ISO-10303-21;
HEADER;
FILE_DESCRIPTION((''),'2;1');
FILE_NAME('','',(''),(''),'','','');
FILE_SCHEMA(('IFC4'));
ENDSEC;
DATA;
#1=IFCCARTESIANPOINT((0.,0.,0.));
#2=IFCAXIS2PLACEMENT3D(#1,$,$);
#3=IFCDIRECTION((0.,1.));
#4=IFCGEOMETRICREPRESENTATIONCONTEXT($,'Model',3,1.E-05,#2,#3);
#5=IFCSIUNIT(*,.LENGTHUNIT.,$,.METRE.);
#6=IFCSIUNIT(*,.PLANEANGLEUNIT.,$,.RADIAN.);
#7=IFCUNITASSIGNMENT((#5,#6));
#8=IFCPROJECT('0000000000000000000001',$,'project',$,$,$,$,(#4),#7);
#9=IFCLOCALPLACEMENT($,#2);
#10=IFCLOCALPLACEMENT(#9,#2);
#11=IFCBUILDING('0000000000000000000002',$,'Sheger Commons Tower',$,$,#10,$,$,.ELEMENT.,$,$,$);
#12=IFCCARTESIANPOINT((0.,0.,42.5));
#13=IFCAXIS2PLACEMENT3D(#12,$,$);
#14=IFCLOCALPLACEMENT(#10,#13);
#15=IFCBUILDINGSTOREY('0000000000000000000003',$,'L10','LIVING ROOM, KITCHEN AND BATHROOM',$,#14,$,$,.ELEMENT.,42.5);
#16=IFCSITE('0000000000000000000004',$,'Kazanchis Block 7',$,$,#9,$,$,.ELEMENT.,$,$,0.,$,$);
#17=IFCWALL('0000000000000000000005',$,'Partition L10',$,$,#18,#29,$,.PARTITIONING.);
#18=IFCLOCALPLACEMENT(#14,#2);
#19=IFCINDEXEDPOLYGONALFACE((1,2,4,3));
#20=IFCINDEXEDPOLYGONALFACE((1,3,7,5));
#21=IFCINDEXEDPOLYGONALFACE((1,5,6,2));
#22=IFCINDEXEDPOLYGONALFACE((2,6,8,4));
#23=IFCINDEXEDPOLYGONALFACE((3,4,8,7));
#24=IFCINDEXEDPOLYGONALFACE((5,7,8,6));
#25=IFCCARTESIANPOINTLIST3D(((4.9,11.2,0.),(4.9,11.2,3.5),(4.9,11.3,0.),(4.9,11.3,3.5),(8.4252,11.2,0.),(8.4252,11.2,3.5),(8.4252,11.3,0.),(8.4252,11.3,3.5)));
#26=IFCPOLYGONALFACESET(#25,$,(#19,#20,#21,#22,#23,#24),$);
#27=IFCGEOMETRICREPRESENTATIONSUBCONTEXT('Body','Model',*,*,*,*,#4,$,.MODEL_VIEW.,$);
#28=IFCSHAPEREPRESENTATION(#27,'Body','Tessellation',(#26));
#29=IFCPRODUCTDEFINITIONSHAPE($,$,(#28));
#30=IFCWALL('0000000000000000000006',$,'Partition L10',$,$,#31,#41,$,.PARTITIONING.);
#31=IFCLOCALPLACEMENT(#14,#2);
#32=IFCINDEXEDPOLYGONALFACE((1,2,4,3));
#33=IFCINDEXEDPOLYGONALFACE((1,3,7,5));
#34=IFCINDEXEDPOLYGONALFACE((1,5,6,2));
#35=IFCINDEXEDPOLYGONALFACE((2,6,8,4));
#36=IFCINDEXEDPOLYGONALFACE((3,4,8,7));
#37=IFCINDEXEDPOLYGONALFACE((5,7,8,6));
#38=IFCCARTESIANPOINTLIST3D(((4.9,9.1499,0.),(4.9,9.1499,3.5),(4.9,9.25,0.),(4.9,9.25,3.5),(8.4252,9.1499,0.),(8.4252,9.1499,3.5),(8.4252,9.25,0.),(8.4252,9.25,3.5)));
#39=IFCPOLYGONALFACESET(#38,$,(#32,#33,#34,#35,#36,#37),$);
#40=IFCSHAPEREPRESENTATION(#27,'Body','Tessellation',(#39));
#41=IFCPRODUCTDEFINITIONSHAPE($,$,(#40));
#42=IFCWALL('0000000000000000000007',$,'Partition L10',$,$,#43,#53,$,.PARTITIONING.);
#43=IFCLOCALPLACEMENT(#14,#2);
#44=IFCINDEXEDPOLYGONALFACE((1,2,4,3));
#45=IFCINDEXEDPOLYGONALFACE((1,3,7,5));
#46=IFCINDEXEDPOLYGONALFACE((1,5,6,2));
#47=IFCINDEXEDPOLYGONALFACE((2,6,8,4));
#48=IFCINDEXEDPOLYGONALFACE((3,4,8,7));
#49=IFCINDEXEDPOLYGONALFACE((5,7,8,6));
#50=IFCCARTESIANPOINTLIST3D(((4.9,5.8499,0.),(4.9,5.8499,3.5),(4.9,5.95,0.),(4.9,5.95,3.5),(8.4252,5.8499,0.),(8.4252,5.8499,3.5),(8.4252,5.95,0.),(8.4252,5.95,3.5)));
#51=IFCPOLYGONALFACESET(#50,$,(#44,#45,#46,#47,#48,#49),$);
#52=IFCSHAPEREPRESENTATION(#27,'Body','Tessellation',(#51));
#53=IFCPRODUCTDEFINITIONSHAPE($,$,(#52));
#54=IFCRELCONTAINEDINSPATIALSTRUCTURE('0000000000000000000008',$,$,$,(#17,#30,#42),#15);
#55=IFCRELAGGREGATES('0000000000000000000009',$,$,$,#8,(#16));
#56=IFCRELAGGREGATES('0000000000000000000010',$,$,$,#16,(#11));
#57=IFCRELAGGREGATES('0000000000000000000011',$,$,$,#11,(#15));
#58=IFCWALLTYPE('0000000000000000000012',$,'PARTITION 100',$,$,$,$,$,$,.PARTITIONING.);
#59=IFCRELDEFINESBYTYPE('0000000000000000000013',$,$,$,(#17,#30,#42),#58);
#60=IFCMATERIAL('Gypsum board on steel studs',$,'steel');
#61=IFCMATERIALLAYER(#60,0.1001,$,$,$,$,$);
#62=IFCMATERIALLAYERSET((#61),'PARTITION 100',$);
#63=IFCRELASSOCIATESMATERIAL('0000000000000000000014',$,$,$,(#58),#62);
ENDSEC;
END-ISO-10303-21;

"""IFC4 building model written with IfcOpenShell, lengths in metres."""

from ifc_helpers import new_model, si_unit, direction, frame, frame_2d, origin, place, context, subcontext, project, spatial, rectangle, extrude, material, layer, layer_set, type_object, element, save


model = new_model("IFC4")

# Units and contexts
model_context = context("Model", 3, precision=1e-05, world=origin(), true_north=direction((0.0, 1.0)))
body_context = subcontext(model_context, "Body", "Model", "MODEL_VIEW")
ifc_project = project(units=[si_unit("LENGTHUNIT", "METRE"), si_unit("PLANEANGLEUNIT", "RADIAN")], contexts=[model_context])

# Site, building, storey
site_placement = place(None, origin())
site = spatial("IfcSite", under=ifc_project, at=site_placement, Name="Kazanchis Block 7", CompositionType="ELEMENT", RefElevation=0.0)
building_placement = place(site_placement, origin())
building = spatial("IfcBuilding", under=site, at=building_placement, Name="Sheger Commons Tower", CompositionType="ELEMENT")
storey_placement = place(building_placement, frame((0.0, 0.0, 42.5)))
storey = spatial("IfcBuildingStorey", under=building, at=storey_placement, Name="L10", Description="LIVING ROOM, KITCHEN AND BATHROOM", CompositionType="ELEMENT", Elevation=42.5)

# Shared definitions
ifc_material_1 = material(Name="Gypsum board on steel studs", Category="steel")
ifc_layer_1 = layer(ifc_material_1, 0.1001)
ifc_layer_set_1 = layer_set([ifc_layer_1], Name="PARTITION 100")
wall_type_1 = type_object("IfcWallType", Name="PARTITION 100", PredefinedType="PARTITIONING", material=ifc_layer_set_1)

# Walls
for number, where, z_axis, x_axis, name in (
    (1, (4.8999, 11.25, 0.0), (0.0, 0.0, 1.0), (1.0, 0.0, 0.0), "Partition L10"),
    (2, (4.8999, 9.2, 0.0), (0.0, 0.0, 1.0), (1.0, 0.0, 0.0), "Partition L10"),
    (3, (4.8999, 5.8999, 0.0), (0.0, 0.0, 1.0), (1.0, 0.0, 0.0), "Partition L10"),
):
    element("IfcWall", number, at=place(storey_placement, frame(where, z_axis=z_axis, x_axis=x_axis)), inside=storey, type_object=wall_type_1, Name=name, PredefinedType="PARTITIONING", context=body_context, shape_type="SweptSolid", body=[
        extrude(rectangle(XDim=3.5251, YDim=0.1001, at=frame_2d((1.7627, 0.0))), origin(), (0.0, 0.0, 1.0), 3.5),
    ])

save(model, "model.ifc")
